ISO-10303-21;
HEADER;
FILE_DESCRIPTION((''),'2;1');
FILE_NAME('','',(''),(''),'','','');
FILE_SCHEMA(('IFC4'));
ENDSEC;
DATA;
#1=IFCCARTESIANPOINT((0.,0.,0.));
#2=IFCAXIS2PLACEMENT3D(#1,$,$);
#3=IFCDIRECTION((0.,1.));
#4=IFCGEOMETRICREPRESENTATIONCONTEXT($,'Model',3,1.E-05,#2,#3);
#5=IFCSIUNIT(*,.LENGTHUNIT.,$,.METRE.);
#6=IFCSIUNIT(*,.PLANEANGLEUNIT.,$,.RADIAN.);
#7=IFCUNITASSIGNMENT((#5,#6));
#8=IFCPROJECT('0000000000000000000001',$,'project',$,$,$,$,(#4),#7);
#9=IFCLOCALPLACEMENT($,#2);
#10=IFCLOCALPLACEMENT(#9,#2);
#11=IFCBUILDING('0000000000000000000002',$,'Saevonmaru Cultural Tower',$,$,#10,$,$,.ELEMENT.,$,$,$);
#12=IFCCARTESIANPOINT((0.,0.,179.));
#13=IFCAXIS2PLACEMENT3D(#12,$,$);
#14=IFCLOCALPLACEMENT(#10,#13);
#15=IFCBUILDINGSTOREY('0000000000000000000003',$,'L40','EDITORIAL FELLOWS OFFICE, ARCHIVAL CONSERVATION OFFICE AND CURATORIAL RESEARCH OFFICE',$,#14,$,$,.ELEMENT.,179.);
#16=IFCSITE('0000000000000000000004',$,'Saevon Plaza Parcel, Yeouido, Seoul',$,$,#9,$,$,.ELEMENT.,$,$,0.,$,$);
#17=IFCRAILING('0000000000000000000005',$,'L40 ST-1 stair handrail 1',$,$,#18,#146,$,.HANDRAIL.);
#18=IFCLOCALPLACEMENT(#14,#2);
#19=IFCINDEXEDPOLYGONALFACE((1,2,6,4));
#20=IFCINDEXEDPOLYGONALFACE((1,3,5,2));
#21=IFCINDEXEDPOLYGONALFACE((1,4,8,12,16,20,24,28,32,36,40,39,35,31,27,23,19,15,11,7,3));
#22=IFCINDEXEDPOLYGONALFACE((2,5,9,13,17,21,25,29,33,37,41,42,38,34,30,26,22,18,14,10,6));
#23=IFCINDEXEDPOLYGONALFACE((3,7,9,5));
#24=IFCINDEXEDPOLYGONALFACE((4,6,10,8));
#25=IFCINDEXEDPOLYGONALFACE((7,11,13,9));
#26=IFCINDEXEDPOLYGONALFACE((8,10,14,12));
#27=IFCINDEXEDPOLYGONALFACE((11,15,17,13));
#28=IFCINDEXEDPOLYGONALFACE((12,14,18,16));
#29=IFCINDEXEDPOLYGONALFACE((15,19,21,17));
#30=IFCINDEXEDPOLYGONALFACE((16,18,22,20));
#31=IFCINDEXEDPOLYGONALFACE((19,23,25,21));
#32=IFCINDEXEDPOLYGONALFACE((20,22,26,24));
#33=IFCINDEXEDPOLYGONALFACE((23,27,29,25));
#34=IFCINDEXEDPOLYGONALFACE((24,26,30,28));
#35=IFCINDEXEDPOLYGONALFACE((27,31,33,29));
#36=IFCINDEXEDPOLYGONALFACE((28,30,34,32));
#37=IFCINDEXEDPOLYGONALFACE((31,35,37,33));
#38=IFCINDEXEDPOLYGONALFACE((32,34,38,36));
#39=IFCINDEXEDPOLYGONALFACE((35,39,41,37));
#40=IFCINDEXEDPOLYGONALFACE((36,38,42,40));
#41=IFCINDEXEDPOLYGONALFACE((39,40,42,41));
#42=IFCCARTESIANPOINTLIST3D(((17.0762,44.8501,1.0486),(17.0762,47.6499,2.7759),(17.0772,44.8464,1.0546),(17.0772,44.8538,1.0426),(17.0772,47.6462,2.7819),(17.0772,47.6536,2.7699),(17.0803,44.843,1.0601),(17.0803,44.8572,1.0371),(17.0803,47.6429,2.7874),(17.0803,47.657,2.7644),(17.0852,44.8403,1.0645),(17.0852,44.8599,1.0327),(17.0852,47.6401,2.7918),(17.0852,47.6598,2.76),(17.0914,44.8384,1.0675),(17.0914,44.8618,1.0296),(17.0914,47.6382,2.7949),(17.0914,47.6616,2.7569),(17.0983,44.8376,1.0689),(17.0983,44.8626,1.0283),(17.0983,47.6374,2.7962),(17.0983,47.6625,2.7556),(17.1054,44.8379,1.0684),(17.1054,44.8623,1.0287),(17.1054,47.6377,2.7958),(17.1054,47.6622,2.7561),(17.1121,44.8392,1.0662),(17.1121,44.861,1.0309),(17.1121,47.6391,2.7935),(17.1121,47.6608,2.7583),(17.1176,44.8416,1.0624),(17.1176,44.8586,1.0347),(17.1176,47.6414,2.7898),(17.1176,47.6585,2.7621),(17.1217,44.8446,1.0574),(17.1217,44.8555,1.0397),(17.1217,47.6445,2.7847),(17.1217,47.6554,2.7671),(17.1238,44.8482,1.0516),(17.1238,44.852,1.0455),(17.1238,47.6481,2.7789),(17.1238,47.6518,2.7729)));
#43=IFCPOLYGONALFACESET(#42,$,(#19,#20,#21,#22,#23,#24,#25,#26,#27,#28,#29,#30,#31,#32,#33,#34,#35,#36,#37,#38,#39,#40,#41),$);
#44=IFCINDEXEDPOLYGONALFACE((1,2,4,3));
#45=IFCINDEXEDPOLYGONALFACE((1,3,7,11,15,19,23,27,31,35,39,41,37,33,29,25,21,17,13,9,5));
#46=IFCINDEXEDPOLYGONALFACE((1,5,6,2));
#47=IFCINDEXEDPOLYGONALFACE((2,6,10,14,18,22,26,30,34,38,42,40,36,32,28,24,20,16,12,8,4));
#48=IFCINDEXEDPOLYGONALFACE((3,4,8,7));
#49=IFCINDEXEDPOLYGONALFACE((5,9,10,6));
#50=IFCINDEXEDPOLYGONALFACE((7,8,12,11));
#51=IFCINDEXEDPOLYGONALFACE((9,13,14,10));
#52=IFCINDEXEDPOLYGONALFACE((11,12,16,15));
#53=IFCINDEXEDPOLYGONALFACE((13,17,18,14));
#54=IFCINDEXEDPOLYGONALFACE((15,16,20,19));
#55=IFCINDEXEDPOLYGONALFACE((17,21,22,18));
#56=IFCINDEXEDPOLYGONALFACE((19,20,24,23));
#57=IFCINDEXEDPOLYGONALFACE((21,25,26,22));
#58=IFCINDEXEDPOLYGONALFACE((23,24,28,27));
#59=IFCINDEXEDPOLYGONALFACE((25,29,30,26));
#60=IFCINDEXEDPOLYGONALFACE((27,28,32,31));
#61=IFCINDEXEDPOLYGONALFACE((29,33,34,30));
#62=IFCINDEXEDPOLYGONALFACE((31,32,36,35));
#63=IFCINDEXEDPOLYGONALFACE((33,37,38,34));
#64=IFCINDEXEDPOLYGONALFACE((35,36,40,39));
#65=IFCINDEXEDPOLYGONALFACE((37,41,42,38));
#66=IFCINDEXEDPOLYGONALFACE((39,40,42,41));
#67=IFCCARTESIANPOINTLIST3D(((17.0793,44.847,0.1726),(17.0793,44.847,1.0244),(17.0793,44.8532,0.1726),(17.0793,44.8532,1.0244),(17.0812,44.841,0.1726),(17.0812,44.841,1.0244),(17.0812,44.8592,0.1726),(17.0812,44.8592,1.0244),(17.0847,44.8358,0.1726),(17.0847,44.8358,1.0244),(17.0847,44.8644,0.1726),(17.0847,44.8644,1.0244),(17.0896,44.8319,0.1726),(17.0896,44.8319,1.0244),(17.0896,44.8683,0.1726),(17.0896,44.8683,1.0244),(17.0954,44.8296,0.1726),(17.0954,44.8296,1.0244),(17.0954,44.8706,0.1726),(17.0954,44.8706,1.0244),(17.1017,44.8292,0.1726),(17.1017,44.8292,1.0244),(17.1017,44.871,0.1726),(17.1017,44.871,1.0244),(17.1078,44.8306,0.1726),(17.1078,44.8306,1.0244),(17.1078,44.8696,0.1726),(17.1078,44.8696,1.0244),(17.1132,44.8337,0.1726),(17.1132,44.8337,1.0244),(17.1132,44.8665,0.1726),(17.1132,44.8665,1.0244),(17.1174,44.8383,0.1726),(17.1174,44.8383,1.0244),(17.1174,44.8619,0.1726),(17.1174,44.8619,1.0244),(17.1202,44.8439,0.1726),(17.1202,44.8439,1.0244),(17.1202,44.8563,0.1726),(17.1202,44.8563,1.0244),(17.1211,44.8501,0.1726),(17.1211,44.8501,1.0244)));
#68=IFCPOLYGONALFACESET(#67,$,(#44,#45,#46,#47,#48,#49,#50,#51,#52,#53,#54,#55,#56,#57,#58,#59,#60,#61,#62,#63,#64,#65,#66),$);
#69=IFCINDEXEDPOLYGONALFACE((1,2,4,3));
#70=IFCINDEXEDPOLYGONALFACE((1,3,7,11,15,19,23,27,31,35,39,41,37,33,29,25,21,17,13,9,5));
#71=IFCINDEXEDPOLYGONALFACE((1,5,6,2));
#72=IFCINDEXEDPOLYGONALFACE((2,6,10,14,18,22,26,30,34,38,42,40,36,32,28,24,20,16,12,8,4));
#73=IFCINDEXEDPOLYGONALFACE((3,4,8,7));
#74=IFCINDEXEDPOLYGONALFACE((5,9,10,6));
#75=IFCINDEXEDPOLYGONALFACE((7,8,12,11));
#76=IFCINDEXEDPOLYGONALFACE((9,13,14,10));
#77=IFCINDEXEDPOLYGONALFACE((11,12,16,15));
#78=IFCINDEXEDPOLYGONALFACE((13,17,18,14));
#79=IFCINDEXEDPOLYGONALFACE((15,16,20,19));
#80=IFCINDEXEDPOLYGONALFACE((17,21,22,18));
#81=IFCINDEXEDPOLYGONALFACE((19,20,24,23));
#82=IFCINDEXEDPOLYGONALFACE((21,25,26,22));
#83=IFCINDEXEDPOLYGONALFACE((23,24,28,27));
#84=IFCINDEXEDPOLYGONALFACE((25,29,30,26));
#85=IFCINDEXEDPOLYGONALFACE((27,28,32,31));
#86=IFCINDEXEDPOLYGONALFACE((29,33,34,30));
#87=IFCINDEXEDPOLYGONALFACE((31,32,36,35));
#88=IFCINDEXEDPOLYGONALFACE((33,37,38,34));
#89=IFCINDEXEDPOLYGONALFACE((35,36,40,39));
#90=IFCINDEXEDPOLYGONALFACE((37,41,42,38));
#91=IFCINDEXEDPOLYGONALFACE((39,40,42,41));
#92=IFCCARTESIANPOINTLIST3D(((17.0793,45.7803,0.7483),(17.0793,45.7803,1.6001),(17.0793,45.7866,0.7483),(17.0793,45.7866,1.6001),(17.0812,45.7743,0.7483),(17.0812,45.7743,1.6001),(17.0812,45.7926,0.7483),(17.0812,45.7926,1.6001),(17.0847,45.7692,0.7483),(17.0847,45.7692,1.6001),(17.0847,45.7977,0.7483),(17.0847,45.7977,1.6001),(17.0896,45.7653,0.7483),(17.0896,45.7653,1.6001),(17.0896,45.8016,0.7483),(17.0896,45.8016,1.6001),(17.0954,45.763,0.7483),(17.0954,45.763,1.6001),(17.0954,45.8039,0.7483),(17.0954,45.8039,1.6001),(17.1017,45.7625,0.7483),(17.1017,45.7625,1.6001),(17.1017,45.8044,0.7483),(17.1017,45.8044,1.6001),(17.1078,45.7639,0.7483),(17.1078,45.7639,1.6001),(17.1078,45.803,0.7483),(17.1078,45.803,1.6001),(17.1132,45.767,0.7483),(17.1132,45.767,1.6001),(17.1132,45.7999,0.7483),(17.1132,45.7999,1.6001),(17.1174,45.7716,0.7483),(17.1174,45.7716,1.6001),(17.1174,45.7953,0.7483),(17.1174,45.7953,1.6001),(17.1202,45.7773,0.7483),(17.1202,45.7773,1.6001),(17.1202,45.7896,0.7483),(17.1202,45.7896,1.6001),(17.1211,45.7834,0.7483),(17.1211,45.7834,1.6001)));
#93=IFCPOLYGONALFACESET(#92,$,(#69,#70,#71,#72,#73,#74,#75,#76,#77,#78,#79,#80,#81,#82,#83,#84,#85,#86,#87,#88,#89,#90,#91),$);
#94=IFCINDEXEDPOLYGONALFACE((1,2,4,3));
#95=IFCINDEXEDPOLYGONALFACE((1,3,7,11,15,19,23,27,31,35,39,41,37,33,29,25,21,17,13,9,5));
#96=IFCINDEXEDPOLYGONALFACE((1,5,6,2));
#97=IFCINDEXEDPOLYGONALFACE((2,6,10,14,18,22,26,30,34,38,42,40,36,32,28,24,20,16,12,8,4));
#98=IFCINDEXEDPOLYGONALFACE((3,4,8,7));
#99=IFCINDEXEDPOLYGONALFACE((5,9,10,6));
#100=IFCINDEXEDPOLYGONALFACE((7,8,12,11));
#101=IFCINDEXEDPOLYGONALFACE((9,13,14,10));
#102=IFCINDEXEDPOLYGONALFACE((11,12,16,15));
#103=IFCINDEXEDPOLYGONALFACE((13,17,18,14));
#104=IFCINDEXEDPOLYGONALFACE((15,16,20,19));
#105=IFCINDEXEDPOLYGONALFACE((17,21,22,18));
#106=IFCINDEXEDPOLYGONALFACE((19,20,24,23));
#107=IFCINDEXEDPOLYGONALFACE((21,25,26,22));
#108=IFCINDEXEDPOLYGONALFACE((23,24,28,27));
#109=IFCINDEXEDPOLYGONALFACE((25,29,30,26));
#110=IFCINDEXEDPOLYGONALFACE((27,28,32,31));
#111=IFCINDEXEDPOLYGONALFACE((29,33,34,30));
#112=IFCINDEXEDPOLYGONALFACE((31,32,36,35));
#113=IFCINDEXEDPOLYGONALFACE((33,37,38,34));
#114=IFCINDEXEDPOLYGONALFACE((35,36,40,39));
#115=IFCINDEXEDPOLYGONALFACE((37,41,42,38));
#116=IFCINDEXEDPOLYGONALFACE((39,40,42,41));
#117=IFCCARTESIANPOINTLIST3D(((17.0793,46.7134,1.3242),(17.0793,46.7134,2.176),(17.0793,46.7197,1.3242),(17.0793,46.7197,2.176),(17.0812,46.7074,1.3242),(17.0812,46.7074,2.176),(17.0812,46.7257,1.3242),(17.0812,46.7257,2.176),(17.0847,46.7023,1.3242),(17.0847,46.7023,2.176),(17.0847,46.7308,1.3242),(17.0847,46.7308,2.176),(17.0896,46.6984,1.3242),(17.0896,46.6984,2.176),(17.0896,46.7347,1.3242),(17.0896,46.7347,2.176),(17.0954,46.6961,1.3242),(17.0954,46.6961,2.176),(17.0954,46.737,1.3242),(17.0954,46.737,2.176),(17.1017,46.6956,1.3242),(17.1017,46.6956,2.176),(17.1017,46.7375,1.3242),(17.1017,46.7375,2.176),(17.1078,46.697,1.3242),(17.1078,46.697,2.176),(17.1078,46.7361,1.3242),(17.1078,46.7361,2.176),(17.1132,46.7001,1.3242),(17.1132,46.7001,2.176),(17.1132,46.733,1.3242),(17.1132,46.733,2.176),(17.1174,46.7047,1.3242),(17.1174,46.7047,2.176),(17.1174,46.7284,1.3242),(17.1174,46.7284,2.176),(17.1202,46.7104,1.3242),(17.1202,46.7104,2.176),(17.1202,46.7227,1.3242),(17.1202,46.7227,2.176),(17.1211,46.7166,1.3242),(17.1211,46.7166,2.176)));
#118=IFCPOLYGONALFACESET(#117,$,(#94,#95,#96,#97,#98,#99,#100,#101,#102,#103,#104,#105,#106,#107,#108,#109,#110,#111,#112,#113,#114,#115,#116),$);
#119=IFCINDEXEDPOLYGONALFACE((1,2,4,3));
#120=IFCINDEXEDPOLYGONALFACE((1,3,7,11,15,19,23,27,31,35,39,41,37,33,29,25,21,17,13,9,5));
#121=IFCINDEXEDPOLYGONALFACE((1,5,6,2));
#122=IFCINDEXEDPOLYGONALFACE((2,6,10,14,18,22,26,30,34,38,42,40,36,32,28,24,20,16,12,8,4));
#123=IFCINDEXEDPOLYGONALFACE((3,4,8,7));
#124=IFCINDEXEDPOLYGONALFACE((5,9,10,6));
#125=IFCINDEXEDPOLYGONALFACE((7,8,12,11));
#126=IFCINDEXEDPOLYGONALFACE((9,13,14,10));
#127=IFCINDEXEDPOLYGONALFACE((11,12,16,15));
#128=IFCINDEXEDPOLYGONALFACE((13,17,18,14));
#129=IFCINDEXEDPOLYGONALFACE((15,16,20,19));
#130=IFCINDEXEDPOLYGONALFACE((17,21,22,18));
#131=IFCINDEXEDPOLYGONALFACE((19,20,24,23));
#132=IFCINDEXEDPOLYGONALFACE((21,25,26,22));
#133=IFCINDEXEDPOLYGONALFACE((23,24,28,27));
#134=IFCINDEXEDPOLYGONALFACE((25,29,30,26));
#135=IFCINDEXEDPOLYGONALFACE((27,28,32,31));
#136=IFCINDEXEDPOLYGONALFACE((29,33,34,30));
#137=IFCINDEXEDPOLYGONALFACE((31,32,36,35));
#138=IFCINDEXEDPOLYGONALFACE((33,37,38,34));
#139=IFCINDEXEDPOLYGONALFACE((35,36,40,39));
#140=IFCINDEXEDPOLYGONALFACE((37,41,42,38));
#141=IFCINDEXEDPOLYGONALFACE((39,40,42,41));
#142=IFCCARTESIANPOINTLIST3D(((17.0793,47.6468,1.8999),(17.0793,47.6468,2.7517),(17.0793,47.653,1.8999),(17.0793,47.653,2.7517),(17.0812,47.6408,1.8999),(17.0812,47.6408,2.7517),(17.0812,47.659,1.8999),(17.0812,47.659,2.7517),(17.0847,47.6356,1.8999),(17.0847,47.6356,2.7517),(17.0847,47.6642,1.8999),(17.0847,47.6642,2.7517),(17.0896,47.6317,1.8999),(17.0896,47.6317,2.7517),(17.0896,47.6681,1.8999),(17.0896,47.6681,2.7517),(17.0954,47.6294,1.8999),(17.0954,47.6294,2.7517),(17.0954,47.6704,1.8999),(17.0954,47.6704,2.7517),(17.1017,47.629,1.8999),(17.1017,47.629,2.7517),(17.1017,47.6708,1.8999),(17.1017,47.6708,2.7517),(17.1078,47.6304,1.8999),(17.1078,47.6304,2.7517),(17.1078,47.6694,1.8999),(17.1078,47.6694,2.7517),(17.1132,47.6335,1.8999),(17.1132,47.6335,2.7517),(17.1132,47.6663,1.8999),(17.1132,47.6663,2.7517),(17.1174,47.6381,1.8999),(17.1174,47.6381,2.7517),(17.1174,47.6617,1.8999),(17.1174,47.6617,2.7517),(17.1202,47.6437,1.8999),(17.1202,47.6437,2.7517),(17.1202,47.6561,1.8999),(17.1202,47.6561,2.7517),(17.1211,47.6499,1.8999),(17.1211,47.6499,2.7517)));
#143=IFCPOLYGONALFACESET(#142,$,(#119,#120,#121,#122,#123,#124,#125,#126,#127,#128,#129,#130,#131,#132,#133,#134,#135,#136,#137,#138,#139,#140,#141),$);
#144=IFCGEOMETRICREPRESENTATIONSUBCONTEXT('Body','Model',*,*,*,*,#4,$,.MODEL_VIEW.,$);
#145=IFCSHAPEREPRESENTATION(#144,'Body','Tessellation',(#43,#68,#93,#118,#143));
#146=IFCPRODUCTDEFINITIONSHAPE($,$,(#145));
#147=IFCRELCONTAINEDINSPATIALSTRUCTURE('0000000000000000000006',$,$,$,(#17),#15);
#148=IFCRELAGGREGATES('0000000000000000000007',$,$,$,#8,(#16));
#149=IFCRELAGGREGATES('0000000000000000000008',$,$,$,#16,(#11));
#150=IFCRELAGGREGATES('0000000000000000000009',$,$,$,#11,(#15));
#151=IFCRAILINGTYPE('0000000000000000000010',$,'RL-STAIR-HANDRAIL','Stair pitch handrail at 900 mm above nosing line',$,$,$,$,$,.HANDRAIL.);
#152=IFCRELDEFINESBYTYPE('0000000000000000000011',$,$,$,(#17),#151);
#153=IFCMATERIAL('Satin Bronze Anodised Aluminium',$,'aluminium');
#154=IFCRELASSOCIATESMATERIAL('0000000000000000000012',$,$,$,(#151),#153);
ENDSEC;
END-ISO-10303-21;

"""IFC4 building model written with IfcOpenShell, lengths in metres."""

from ifc_helpers import new_model, si_unit, direction, frame, origin, origin_2d, place, context, subcontext, project, spatial, circle, extrude, material, type_object, element, save


model = new_model("IFC4")

# Units and contexts
model_context = context("Model", 3, precision=1e-05, world=origin(), true_north=direction((0.0, 1.0)))
body_context = subcontext(model_context, "Body", "Model", "MODEL_VIEW")
ifc_project = project(units=[si_unit("LENGTHUNIT", "METRE"), si_unit("PLANEANGLEUNIT", "RADIAN")], contexts=[model_context])

# Site, building, storey
site_placement = place(None, origin())
site = spatial("IfcSite", under=ifc_project, at=site_placement, Name="Saevon Plaza Parcel, Yeouido, Seoul", CompositionType="ELEMENT", RefElevation=0.0)
building_placement = place(site_placement, origin())
building = spatial("IfcBuilding", under=site, at=building_placement, Name="Saevonmaru Cultural Tower", CompositionType="ELEMENT")
storey_placement = place(building_placement, frame((0.0, 0.0, 179.0)))
storey = spatial("IfcBuildingStorey", under=building, at=storey_placement, Name="L40", Description="EDITORIAL FELLOWS OFFICE, ARCHIVAL CONSERVATION OFFICE AND CURATORIAL RESEARCH OFFICE", CompositionType="ELEMENT", Elevation=179.0)

# Shared definitions
ifc_material_1 = material(Name="Satin Bronze Anodised Aluminium", Category="aluminium")

# Railing
railing_type_1 = type_object("IfcRailingType", Name="RL-STAIR-HANDRAIL", Description="Stair pitch handrail at 900 mm above nosing line", PredefinedType="HANDRAIL", material=ifc_material_1)
railing_1_placement = place(storey_placement, frame((17.1001, 44.8501, 0.1726)))
element("IfcRailing", 1, at=railing_1_placement, inside=storey, type_object=railing_type_1, Name="L40 ST-1 stair handrail 1", PredefinedType="HANDRAIL", context=body_context, shape_type="SweptSolid", body=[
    extrude(circle(Radius=0.0239, at=origin_2d()), frame((0.0, 0.0, 0.876), z_axis=(0.0, 0.851069, 0.525054), x_axis=(-1.0, 0.0, 0.0)), (0.0, 0.0, 1.0), 3.2898),
    extrude(circle(Radius=0.021, at=origin_2d()), origin(), (0.0, 0.0, 1.0), 0.8518),
    extrude(circle(Radius=0.021, at=origin_2d()), frame((0.0, 0.9333, 0.5757)), (0.0, 0.0, 1.0), 0.8518),
    extrude(circle(Radius=0.021, at=origin_2d()), frame((0.0, 1.8665, 1.1516)), (0.0, 0.0, 1.0), 0.8518),
    extrude(circle(Radius=0.021, at=origin_2d()), frame((0.0, 2.7998, 1.7273)), (0.0, 0.0, 1.0), 0.8518),
])

save(model, "model.ifc")
